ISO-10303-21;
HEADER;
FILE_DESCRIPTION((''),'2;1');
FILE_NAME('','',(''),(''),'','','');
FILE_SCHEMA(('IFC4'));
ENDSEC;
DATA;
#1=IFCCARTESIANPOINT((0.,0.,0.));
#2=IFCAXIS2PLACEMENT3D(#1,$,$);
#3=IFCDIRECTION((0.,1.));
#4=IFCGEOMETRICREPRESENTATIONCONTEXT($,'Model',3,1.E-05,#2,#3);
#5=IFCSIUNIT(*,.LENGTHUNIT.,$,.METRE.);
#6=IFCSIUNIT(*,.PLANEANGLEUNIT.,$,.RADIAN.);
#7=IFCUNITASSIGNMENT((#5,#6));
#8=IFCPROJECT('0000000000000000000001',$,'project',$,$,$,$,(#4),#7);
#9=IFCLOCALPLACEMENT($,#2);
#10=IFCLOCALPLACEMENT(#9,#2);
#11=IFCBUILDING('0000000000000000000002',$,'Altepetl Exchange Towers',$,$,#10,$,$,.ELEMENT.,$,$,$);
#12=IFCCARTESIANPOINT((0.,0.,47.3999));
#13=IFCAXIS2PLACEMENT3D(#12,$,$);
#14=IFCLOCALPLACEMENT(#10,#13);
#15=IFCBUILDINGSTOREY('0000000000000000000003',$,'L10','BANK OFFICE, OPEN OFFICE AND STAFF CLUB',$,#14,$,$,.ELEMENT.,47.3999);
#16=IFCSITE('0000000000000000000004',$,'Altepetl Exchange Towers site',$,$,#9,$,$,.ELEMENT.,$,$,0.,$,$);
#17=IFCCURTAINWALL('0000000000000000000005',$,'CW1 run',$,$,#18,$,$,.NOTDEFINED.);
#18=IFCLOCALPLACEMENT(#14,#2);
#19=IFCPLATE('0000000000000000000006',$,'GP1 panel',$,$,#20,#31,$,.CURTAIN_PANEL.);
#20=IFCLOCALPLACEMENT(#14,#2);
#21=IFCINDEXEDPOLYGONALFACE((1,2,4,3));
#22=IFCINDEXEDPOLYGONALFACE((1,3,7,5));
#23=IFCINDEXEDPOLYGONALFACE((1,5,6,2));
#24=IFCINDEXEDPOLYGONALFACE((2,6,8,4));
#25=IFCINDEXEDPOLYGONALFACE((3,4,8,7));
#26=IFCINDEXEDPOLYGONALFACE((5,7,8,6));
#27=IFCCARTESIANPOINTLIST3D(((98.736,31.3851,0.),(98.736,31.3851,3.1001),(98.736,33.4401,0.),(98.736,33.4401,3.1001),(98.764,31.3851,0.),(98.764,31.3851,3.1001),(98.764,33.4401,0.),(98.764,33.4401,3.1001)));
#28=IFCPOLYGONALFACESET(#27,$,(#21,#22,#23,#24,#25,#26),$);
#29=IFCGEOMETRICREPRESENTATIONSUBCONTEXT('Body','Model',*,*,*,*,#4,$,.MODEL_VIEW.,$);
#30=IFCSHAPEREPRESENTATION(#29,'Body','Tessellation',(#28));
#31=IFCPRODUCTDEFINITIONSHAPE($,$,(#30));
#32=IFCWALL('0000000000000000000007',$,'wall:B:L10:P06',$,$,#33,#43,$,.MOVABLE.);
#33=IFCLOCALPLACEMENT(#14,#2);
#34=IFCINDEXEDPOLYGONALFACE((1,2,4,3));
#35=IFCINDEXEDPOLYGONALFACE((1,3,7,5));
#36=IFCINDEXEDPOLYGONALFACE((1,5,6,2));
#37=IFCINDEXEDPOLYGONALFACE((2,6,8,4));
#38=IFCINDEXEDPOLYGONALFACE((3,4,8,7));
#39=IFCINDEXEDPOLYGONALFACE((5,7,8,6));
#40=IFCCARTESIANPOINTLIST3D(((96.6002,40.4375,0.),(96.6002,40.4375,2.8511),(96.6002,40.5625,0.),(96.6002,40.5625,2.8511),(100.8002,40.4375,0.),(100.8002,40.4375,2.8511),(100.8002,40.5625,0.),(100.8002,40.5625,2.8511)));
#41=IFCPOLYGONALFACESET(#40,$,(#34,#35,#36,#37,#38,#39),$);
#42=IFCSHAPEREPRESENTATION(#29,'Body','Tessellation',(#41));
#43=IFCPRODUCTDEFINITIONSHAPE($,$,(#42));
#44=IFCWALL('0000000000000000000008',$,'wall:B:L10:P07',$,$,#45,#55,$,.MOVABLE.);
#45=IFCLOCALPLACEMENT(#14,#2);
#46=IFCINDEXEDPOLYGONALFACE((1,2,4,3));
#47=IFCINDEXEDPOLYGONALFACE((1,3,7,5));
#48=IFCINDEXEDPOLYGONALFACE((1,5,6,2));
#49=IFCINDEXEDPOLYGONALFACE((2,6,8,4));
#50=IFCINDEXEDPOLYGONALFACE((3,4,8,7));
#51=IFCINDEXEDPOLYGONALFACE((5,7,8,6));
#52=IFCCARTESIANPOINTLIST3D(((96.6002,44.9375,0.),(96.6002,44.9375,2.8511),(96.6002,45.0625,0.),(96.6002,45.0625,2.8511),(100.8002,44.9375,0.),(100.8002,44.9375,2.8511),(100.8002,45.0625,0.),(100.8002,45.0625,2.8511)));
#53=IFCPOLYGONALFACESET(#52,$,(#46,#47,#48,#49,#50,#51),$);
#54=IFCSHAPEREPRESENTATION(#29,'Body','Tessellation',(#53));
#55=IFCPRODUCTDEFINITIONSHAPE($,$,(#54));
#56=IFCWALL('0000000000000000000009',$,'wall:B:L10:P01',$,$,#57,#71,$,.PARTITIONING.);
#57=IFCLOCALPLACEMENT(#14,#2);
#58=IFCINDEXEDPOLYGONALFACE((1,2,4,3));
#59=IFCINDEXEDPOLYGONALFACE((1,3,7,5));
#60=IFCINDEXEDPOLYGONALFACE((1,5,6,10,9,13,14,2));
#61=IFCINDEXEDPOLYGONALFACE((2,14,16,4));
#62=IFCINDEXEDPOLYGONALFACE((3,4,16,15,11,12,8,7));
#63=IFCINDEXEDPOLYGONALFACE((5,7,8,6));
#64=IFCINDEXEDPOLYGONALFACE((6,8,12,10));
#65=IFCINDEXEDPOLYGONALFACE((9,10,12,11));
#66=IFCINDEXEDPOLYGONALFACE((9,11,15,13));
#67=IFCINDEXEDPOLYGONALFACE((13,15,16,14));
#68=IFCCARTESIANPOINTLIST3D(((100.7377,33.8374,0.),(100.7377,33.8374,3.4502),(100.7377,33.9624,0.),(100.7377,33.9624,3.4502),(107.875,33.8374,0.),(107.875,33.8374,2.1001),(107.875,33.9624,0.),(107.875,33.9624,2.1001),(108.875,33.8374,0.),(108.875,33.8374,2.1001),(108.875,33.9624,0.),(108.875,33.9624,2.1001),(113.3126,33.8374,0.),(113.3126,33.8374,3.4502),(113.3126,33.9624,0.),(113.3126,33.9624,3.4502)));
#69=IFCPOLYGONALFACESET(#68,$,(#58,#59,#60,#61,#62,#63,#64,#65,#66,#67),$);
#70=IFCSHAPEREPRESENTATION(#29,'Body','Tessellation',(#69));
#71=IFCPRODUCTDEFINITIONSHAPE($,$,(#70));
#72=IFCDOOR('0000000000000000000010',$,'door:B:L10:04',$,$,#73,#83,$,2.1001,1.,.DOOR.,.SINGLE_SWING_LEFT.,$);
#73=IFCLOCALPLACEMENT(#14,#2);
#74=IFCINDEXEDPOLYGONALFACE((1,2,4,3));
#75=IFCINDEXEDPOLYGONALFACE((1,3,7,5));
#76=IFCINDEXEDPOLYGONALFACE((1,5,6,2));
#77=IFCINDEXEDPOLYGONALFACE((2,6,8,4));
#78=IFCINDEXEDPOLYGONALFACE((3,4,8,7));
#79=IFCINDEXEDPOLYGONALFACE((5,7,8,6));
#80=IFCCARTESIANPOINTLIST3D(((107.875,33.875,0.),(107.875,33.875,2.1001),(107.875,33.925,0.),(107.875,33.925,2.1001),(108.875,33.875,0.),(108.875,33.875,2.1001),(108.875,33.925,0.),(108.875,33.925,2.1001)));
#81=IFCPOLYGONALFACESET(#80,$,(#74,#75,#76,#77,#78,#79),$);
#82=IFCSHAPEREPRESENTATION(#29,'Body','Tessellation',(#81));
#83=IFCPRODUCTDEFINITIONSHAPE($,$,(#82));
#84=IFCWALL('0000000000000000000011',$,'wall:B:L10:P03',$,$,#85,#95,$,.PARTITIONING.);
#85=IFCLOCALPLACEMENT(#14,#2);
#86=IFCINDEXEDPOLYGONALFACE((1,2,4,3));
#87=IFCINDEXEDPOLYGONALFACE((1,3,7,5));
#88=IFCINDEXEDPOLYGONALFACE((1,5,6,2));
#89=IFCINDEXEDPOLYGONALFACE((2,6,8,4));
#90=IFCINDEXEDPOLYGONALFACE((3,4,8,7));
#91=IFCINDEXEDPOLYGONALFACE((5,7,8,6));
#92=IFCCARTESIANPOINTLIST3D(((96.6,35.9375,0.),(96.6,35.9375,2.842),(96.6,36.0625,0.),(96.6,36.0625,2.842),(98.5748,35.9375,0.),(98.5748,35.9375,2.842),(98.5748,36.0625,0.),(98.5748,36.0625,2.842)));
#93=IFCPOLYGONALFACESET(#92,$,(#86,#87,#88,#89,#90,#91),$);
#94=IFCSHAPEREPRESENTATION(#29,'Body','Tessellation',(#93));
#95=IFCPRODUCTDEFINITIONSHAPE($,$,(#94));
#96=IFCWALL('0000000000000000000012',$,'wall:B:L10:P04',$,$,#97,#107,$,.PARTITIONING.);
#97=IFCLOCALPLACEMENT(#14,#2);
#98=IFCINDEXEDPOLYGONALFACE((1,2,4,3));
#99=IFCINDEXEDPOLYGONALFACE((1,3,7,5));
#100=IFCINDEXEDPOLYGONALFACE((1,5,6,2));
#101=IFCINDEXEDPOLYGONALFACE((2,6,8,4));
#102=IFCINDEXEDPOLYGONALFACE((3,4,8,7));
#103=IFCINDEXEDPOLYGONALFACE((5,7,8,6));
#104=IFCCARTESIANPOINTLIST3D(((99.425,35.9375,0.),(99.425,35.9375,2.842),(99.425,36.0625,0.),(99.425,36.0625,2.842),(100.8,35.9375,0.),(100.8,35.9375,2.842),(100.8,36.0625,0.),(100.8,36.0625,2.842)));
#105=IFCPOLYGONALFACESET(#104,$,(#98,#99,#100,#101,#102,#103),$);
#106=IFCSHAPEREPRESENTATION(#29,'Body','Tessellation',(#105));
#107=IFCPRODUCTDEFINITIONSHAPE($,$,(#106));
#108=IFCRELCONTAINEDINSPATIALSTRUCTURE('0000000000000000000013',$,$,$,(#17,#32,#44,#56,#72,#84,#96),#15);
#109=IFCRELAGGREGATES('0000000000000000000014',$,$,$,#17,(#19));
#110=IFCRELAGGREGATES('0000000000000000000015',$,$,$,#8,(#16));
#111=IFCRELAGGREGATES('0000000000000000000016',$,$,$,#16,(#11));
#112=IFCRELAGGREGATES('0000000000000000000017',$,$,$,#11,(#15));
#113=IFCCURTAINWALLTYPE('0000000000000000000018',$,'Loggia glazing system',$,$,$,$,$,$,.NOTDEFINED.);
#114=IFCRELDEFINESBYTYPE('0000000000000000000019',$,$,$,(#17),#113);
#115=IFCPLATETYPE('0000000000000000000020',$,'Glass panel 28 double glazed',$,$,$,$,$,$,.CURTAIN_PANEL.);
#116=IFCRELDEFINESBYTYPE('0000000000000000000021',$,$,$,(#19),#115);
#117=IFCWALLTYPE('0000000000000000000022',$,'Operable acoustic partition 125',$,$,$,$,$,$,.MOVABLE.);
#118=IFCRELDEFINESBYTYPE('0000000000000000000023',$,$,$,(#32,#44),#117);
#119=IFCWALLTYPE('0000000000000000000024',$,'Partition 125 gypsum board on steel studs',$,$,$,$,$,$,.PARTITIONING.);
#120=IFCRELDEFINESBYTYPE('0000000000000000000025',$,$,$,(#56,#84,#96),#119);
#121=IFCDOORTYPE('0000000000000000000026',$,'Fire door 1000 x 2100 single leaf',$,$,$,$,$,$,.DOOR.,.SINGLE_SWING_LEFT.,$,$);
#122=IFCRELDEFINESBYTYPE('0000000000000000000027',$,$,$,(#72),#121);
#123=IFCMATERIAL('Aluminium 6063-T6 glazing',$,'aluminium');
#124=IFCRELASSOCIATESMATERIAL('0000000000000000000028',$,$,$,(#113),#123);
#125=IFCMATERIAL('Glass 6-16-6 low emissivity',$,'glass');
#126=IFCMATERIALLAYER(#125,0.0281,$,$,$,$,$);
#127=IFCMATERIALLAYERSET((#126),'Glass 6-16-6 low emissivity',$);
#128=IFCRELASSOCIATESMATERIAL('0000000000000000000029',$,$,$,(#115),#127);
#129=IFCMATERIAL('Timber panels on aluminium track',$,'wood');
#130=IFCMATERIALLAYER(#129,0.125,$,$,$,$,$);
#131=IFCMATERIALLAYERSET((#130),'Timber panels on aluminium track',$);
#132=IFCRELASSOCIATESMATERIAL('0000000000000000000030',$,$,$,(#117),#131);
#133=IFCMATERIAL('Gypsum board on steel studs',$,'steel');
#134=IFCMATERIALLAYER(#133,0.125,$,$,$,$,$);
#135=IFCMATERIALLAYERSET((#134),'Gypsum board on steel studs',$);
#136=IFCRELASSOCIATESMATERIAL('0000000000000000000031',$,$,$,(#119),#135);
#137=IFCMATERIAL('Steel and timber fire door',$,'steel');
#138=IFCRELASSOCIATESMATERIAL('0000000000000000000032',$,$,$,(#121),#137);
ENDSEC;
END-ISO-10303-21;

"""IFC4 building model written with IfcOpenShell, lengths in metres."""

from ifc_helpers import new_model, si_unit, direction, frame, frame_2d, origin, origin_2d, place, context, subcontext, project, spatial, rectangle, extrude, material, layer, layer_set, type_object, element, fill, aggregate, save


model = new_model("IFC4")

# Units and contexts
model_context = context("Model", 3, precision=1e-05, world=origin(), true_north=direction((0.0, 1.0)))
body_context = subcontext(model_context, "Body", "Model", "MODEL_VIEW")
ifc_project = project(units=[si_unit("LENGTHUNIT", "METRE"), si_unit("PLANEANGLEUNIT", "RADIAN")], contexts=[model_context])

# Site, building, storey
site_placement = place(None, origin())
site = spatial("IfcSite", under=ifc_project, at=site_placement, Name="Altepetl Exchange Towers site", CompositionType="ELEMENT", RefElevation=0.0)
building_placement = place(site_placement, origin())
building = spatial("IfcBuilding", under=site, at=building_placement, Name="Altepetl Exchange Towers", CompositionType="ELEMENT")
storey_placement = place(building_placement, frame((0.0, 0.0, 47.3999)))
storey = spatial("IfcBuildingStorey", under=building, at=storey_placement, Name="L10", Description="BANK OFFICE, OPEN OFFICE AND STAFF CLUB", CompositionType="ELEMENT", Elevation=47.3999)

# Shared definitions
ifc_material_1 = material(Name="Aluminium 6063-T6 glazing", Category="aluminium")
curtain_wall_type = type_object("IfcCurtainWallType", Name="Loggia glazing system", PredefinedType="NOTDEFINED", material=ifc_material_1)

# Curtain wall
curtain_wall_1_placement = place(storey_placement, origin())
curtain_wall_1 = element("IfcCurtainWall", 1, at=curtain_wall_1_placement, inside=storey, type_object=curtain_wall_type, Name="CW1 run", PredefinedType="NOTDEFINED")

# Plate
ifc_material_2 = material(Name="Glass 6-16-6 low emissivity", Category="glass")
ifc_layer_1 = layer(ifc_material_2, 0.0281)
ifc_layer_set_1 = layer_set([ifc_layer_1], Name="Glass 6-16-6 low emissivity")
plate_type = type_object("IfcPlateType", Name="Glass panel 28 double glazed", PredefinedType="CURTAIN_PANEL", material=ifc_layer_set_1)
plate_1_placement = place(storey_placement, frame((98.75, 32.4126, 0.0), z_axis=(0.0, 0.0, 1.0), x_axis=(0.0, -1.0, 0.0)))
plate_1 = element("IfcPlate", 2, at=plate_1_placement, type_object=plate_type, Name="GP1 panel", PredefinedType="CURTAIN_PANEL", context=body_context, shape_type="SweptSolid", body=[
    extrude(rectangle(XDim=2.0549, YDim=0.0281, at=origin_2d()), origin(), (0.0, 0.0, 1.0), 3.1001),
])
aggregate(curtain_wall_1, [plate_1])

# Walls
ifc_material_3 = material(Name="Timber panels on aluminium track", Category="wood")
ifc_layer_2 = layer(ifc_material_3, 0.125)
ifc_layer_set_2 = layer_set([ifc_layer_2], Name="Timber panels on aluminium track")
wall_type_1 = type_object("IfcWallType", Name="Operable acoustic partition 125", PredefinedType="MOVABLE", material=ifc_layer_set_2)
for number, where, name in (
    (3, (96.6001, 40.5, 0.0), "wall:B:L10:P06"),
    (4, (96.6001, 45.0, 0.0), "wall:B:L10:P07"),
):
    element("IfcWall", number, at=place(storey_placement, frame(where)), inside=storey, type_object=wall_type_1, Name=name, PredefinedType="MOVABLE", context=body_context, shape_type="SweptSolid", body=[
        extrude(rectangle(XDim=4.2, YDim=0.125, at=frame_2d((2.1001, 0.0))), origin(), (0.0, 0.0, 1.0), 2.8511),
    ])

# Wall, opening, door
ifc_material_4 = material(Name="Gypsum board on steel studs", Category="steel")
ifc_layer_3 = layer(ifc_material_4, 0.125)
ifc_layer_set_3 = layer_set([ifc_layer_3], Name="Gypsum board on steel studs")
wall_type_2 = type_object("IfcWallType", Name="Partition 125 gypsum board on steel studs", PredefinedType="PARTITIONING", material=ifc_layer_set_3)
wall_1_placement = place(storey_placement, frame((100.7375, 33.8999, 0.0)))
wall_1 = element("IfcWall", 5, at=wall_1_placement, inside=storey, type_object=wall_type_2, Name="wall:B:L10:P01", PredefinedType="PARTITIONING", context=body_context, shape_type="SweptSolid", body=[
    extrude(rectangle(XDim=12.575, YDim=0.125, at=frame_2d((6.2876, 0.0))), origin(), (0.0, 0.0, 1.0), 3.4502),
])
opening_1_placement = place(wall_1_placement, frame((7.1375, 0.0, 0.0)))
opening_1 = element("IfcOpeningElement", 6, at=opening_1_placement, cuts=wall_1, PredefinedType="OPENING", context=body_context, shape_type="SweptSolid", body=[
    extrude(rectangle(XDim=1.0, YDim=2.1001, at=frame_2d((0.5, 1.05))), frame((0.0, 0.0725, 0.0), z_axis=(0.0, -1.0, 0.0), x_axis=(1.0, 0.0, 0.0)), (0.0, 0.0, 1.0), 0.145),
])
ifc_material_5 = material(Name="Steel and timber fire door", Category="steel")
door_type = type_object("IfcDoorType", Name="Fire door 1000 x 2100 single leaf", OperationType="SINGLE_SWING_LEFT", PredefinedType="DOOR", material=ifc_material_5)
door_1_placement = place(opening_1_placement, frame((1.0, 0.0, 0.0), x_axis=(-1.0, 0.0, 0.0)))
door_1 = element("IfcDoor", 7, at=door_1_placement, inside=storey, type_object=door_type, Name="door:B:L10:04", OperationType="SINGLE_SWING_LEFT", OverallHeight=2.1001, OverallWidth=1.0, PredefinedType="DOOR", context=body_context, shape_type="SweptSolid", body=[
    extrude(rectangle(XDim=1.0, YDim=2.1001, at=frame_2d((0.5, 1.05))), frame((0.0, 0.0249, 0.0), z_axis=(0.0, -1.0, 0.0), x_axis=(1.0, 0.0, 0.0)), (0.0, 0.0, 1.0), 0.05),
])
fill(opening_1, door_1)

# Walls
wall_2_placement = place(storey_placement, frame((96.6001, 36.0, 0.0)))
element("IfcWall", 8, at=wall_2_placement, inside=storey, type_object=wall_type_2, Name="wall:B:L10:P03", PredefinedType="PARTITIONING", context=body_context, shape_type="SweptSolid", body=[
    extrude(rectangle(XDim=1.9749, YDim=0.125, at=frame_2d((0.9873, 0.0))), origin(), (0.0, 0.0, 1.0), 2.842),
])
wall_3_placement = place(storey_placement, frame((99.425, 36.0, 0.0)))
element("IfcWall", 9, at=wall_3_placement, inside=storey, type_object=wall_type_2, Name="wall:B:L10:P04", PredefinedType="PARTITIONING", context=body_context, shape_type="SweptSolid", body=[
    extrude(rectangle(XDim=1.375, YDim=0.125, at=frame_2d((0.6875, 0.0))), origin(), (0.0, 0.0, 1.0), 2.842),
])

save(model, "model.ifc")
